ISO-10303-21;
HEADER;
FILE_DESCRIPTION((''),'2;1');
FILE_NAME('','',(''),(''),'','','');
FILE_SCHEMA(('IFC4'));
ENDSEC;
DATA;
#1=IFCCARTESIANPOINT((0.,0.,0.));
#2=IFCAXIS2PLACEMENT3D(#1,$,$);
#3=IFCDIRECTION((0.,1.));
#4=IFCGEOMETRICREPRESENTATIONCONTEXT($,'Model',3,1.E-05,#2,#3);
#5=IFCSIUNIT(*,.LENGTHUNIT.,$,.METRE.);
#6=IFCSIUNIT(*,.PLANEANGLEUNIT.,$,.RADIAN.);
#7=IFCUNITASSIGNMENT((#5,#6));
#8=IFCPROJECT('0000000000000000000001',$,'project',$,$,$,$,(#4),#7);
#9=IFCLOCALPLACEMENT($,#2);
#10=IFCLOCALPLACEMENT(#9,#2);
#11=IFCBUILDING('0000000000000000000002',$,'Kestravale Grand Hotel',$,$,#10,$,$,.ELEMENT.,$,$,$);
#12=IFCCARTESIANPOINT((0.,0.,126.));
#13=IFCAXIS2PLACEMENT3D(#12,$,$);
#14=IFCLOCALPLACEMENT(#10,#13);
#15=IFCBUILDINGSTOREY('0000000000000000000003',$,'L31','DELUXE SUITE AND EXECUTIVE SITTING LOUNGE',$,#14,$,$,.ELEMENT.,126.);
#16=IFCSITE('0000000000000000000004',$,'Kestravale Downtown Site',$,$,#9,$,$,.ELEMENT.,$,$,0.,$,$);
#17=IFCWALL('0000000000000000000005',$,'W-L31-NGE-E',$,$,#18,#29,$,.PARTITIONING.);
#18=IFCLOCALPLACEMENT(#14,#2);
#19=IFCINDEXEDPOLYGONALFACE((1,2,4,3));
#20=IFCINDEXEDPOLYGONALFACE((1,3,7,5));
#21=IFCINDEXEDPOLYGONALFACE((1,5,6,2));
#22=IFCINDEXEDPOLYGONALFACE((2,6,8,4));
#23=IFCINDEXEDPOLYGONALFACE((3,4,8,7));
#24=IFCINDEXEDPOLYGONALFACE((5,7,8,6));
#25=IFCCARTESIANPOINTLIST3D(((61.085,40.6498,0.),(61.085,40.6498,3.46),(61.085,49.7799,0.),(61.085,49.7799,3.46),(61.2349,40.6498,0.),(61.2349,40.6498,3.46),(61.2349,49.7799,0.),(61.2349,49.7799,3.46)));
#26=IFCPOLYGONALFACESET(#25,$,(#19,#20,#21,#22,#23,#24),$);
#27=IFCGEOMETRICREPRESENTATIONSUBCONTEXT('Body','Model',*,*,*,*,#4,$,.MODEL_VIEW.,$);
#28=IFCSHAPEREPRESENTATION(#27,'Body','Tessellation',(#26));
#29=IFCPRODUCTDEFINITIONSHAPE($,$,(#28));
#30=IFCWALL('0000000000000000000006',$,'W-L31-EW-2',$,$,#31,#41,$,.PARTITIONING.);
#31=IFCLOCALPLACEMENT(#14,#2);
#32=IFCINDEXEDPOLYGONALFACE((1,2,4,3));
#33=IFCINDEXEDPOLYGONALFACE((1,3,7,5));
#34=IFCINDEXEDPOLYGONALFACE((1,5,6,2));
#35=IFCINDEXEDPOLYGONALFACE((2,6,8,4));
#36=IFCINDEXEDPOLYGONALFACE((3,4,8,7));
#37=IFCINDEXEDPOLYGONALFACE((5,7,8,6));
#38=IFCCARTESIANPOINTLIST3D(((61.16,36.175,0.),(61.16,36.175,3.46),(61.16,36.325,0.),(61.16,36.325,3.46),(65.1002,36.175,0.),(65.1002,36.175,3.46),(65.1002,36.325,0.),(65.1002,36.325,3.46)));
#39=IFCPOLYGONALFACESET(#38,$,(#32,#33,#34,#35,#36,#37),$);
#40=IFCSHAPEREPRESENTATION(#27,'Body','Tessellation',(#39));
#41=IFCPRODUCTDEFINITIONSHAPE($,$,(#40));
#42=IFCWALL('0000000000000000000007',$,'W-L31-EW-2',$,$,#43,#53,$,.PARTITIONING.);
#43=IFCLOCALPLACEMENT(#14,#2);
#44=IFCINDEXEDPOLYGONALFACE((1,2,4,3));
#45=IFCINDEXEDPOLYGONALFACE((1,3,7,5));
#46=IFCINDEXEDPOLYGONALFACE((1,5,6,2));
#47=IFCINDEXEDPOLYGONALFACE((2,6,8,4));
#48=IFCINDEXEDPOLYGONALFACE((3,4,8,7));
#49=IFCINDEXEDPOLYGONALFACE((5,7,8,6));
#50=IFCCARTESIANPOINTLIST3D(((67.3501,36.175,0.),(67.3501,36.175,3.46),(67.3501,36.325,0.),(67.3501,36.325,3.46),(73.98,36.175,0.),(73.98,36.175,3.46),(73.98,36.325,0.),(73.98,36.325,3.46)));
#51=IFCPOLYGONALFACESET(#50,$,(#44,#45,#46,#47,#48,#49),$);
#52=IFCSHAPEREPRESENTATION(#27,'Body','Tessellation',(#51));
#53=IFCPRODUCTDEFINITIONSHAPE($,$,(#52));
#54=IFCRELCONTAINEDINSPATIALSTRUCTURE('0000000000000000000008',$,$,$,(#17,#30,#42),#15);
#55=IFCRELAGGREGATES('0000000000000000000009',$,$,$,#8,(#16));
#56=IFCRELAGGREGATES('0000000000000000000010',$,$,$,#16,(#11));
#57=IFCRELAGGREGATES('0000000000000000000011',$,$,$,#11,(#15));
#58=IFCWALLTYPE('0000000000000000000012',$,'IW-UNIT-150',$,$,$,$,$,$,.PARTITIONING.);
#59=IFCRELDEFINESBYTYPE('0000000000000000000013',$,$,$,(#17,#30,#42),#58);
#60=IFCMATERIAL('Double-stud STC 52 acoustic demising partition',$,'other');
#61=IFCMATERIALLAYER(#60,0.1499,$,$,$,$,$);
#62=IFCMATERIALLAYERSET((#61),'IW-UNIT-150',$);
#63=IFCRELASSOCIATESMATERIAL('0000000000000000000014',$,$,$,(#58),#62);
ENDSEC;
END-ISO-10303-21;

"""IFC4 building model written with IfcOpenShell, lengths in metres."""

from ifc_helpers import new_model, si_unit, direction, frame, frame_2d, origin, place, context, subcontext, project, spatial, rectangle, extrude, material, layer, layer_set, type_object, element, save


model = new_model("IFC4")

# Units and contexts
model_context = context("Model", 3, precision=1e-05, world=origin(), true_north=direction((0.0, 1.0)))
body_context = subcontext(model_context, "Body", "Model", "MODEL_VIEW")
ifc_project = project(units=[si_unit("LENGTHUNIT", "METRE"), si_unit("PLANEANGLEUNIT", "RADIAN")], contexts=[model_context])

# Site, building, storey
site_placement = place(None, origin())
site = spatial("IfcSite", under=ifc_project, at=site_placement, Name="Kestravale Downtown Site", CompositionType="ELEMENT", RefElevation=0.0)
building_placement = place(site_placement, origin())
building = spatial("IfcBuilding", under=site, at=building_placement, Name="Kestravale Grand Hotel", CompositionType="ELEMENT")
storey_placement = place(building_placement, frame((0.0, 0.0, 126.0)))
storey = spatial("IfcBuildingStorey", under=building, at=storey_placement, Name="L31", Description="DELUXE SUITE AND EXECUTIVE SITTING LOUNGE", CompositionType="ELEMENT", Elevation=126.0)

# Walls
ifc_material_1 = material(Name="Double-stud STC 52 acoustic demising partition", Category="other")
ifc_layer_1 = layer(ifc_material_1, 0.1499)
ifc_layer_set_1 = layer_set([ifc_layer_1], Name="IW-UNIT-150")
wall_type_1 = type_object("IfcWallType", Name="IW-UNIT-150", PredefinedType="PARTITIONING", material=ifc_layer_set_1)
wall_1_placement = place(storey_placement, frame((61.1599, 40.6499, 0.0), z_axis=(0.0, 0.0, 1.0), x_axis=(0.0, 1.0, 0.0)))
element("IfcWall", 1, at=wall_1_placement, inside=storey, type_object=wall_type_1, Name="W-L31-NGE-E", PredefinedType="PARTITIONING", context=body_context, shape_type="SweptSolid", body=[
    extrude(rectangle(XDim=9.1301, YDim=0.1499, at=frame_2d((4.5649, 0.0))), origin(), (0.0, 0.0, 1.0), 3.46),
])
wall_2_placement = place(storey_placement, frame((61.1599, 36.25, 0.0), z_axis=(0.0, 0.0, 1.0), x_axis=(1.0, 0.0, 0.0)))
element("IfcWall", 2, at=wall_2_placement, inside=storey, type_object=wall_type_1, Name="W-L31-EW-2", PredefinedType="PARTITIONING", context=body_context, shape_type="SweptSolid", body=[
    extrude(rectangle(XDim=3.9402, YDim=0.1499, at=frame_2d((1.9702, 0.0))), origin(), (0.0, 0.0, 1.0), 3.46),
])
wall_3_placement = place(storey_placement, frame((67.3501, 36.25, 0.0), z_axis=(0.0, 0.0, 1.0), x_axis=(1.0, 0.0, 0.0)))
element("IfcWall", 3, at=wall_3_placement, inside=storey, type_object=wall_type_1, Name="W-L31-EW-2", PredefinedType="PARTITIONING", context=body_context, shape_type="SweptSolid", body=[
    extrude(rectangle(XDim=6.6299, YDim=0.1499, at=frame_2d((3.3149, 0.0))), origin(), (0.0, 0.0, 1.0), 3.46),
])

save(model, "model.ifc")
